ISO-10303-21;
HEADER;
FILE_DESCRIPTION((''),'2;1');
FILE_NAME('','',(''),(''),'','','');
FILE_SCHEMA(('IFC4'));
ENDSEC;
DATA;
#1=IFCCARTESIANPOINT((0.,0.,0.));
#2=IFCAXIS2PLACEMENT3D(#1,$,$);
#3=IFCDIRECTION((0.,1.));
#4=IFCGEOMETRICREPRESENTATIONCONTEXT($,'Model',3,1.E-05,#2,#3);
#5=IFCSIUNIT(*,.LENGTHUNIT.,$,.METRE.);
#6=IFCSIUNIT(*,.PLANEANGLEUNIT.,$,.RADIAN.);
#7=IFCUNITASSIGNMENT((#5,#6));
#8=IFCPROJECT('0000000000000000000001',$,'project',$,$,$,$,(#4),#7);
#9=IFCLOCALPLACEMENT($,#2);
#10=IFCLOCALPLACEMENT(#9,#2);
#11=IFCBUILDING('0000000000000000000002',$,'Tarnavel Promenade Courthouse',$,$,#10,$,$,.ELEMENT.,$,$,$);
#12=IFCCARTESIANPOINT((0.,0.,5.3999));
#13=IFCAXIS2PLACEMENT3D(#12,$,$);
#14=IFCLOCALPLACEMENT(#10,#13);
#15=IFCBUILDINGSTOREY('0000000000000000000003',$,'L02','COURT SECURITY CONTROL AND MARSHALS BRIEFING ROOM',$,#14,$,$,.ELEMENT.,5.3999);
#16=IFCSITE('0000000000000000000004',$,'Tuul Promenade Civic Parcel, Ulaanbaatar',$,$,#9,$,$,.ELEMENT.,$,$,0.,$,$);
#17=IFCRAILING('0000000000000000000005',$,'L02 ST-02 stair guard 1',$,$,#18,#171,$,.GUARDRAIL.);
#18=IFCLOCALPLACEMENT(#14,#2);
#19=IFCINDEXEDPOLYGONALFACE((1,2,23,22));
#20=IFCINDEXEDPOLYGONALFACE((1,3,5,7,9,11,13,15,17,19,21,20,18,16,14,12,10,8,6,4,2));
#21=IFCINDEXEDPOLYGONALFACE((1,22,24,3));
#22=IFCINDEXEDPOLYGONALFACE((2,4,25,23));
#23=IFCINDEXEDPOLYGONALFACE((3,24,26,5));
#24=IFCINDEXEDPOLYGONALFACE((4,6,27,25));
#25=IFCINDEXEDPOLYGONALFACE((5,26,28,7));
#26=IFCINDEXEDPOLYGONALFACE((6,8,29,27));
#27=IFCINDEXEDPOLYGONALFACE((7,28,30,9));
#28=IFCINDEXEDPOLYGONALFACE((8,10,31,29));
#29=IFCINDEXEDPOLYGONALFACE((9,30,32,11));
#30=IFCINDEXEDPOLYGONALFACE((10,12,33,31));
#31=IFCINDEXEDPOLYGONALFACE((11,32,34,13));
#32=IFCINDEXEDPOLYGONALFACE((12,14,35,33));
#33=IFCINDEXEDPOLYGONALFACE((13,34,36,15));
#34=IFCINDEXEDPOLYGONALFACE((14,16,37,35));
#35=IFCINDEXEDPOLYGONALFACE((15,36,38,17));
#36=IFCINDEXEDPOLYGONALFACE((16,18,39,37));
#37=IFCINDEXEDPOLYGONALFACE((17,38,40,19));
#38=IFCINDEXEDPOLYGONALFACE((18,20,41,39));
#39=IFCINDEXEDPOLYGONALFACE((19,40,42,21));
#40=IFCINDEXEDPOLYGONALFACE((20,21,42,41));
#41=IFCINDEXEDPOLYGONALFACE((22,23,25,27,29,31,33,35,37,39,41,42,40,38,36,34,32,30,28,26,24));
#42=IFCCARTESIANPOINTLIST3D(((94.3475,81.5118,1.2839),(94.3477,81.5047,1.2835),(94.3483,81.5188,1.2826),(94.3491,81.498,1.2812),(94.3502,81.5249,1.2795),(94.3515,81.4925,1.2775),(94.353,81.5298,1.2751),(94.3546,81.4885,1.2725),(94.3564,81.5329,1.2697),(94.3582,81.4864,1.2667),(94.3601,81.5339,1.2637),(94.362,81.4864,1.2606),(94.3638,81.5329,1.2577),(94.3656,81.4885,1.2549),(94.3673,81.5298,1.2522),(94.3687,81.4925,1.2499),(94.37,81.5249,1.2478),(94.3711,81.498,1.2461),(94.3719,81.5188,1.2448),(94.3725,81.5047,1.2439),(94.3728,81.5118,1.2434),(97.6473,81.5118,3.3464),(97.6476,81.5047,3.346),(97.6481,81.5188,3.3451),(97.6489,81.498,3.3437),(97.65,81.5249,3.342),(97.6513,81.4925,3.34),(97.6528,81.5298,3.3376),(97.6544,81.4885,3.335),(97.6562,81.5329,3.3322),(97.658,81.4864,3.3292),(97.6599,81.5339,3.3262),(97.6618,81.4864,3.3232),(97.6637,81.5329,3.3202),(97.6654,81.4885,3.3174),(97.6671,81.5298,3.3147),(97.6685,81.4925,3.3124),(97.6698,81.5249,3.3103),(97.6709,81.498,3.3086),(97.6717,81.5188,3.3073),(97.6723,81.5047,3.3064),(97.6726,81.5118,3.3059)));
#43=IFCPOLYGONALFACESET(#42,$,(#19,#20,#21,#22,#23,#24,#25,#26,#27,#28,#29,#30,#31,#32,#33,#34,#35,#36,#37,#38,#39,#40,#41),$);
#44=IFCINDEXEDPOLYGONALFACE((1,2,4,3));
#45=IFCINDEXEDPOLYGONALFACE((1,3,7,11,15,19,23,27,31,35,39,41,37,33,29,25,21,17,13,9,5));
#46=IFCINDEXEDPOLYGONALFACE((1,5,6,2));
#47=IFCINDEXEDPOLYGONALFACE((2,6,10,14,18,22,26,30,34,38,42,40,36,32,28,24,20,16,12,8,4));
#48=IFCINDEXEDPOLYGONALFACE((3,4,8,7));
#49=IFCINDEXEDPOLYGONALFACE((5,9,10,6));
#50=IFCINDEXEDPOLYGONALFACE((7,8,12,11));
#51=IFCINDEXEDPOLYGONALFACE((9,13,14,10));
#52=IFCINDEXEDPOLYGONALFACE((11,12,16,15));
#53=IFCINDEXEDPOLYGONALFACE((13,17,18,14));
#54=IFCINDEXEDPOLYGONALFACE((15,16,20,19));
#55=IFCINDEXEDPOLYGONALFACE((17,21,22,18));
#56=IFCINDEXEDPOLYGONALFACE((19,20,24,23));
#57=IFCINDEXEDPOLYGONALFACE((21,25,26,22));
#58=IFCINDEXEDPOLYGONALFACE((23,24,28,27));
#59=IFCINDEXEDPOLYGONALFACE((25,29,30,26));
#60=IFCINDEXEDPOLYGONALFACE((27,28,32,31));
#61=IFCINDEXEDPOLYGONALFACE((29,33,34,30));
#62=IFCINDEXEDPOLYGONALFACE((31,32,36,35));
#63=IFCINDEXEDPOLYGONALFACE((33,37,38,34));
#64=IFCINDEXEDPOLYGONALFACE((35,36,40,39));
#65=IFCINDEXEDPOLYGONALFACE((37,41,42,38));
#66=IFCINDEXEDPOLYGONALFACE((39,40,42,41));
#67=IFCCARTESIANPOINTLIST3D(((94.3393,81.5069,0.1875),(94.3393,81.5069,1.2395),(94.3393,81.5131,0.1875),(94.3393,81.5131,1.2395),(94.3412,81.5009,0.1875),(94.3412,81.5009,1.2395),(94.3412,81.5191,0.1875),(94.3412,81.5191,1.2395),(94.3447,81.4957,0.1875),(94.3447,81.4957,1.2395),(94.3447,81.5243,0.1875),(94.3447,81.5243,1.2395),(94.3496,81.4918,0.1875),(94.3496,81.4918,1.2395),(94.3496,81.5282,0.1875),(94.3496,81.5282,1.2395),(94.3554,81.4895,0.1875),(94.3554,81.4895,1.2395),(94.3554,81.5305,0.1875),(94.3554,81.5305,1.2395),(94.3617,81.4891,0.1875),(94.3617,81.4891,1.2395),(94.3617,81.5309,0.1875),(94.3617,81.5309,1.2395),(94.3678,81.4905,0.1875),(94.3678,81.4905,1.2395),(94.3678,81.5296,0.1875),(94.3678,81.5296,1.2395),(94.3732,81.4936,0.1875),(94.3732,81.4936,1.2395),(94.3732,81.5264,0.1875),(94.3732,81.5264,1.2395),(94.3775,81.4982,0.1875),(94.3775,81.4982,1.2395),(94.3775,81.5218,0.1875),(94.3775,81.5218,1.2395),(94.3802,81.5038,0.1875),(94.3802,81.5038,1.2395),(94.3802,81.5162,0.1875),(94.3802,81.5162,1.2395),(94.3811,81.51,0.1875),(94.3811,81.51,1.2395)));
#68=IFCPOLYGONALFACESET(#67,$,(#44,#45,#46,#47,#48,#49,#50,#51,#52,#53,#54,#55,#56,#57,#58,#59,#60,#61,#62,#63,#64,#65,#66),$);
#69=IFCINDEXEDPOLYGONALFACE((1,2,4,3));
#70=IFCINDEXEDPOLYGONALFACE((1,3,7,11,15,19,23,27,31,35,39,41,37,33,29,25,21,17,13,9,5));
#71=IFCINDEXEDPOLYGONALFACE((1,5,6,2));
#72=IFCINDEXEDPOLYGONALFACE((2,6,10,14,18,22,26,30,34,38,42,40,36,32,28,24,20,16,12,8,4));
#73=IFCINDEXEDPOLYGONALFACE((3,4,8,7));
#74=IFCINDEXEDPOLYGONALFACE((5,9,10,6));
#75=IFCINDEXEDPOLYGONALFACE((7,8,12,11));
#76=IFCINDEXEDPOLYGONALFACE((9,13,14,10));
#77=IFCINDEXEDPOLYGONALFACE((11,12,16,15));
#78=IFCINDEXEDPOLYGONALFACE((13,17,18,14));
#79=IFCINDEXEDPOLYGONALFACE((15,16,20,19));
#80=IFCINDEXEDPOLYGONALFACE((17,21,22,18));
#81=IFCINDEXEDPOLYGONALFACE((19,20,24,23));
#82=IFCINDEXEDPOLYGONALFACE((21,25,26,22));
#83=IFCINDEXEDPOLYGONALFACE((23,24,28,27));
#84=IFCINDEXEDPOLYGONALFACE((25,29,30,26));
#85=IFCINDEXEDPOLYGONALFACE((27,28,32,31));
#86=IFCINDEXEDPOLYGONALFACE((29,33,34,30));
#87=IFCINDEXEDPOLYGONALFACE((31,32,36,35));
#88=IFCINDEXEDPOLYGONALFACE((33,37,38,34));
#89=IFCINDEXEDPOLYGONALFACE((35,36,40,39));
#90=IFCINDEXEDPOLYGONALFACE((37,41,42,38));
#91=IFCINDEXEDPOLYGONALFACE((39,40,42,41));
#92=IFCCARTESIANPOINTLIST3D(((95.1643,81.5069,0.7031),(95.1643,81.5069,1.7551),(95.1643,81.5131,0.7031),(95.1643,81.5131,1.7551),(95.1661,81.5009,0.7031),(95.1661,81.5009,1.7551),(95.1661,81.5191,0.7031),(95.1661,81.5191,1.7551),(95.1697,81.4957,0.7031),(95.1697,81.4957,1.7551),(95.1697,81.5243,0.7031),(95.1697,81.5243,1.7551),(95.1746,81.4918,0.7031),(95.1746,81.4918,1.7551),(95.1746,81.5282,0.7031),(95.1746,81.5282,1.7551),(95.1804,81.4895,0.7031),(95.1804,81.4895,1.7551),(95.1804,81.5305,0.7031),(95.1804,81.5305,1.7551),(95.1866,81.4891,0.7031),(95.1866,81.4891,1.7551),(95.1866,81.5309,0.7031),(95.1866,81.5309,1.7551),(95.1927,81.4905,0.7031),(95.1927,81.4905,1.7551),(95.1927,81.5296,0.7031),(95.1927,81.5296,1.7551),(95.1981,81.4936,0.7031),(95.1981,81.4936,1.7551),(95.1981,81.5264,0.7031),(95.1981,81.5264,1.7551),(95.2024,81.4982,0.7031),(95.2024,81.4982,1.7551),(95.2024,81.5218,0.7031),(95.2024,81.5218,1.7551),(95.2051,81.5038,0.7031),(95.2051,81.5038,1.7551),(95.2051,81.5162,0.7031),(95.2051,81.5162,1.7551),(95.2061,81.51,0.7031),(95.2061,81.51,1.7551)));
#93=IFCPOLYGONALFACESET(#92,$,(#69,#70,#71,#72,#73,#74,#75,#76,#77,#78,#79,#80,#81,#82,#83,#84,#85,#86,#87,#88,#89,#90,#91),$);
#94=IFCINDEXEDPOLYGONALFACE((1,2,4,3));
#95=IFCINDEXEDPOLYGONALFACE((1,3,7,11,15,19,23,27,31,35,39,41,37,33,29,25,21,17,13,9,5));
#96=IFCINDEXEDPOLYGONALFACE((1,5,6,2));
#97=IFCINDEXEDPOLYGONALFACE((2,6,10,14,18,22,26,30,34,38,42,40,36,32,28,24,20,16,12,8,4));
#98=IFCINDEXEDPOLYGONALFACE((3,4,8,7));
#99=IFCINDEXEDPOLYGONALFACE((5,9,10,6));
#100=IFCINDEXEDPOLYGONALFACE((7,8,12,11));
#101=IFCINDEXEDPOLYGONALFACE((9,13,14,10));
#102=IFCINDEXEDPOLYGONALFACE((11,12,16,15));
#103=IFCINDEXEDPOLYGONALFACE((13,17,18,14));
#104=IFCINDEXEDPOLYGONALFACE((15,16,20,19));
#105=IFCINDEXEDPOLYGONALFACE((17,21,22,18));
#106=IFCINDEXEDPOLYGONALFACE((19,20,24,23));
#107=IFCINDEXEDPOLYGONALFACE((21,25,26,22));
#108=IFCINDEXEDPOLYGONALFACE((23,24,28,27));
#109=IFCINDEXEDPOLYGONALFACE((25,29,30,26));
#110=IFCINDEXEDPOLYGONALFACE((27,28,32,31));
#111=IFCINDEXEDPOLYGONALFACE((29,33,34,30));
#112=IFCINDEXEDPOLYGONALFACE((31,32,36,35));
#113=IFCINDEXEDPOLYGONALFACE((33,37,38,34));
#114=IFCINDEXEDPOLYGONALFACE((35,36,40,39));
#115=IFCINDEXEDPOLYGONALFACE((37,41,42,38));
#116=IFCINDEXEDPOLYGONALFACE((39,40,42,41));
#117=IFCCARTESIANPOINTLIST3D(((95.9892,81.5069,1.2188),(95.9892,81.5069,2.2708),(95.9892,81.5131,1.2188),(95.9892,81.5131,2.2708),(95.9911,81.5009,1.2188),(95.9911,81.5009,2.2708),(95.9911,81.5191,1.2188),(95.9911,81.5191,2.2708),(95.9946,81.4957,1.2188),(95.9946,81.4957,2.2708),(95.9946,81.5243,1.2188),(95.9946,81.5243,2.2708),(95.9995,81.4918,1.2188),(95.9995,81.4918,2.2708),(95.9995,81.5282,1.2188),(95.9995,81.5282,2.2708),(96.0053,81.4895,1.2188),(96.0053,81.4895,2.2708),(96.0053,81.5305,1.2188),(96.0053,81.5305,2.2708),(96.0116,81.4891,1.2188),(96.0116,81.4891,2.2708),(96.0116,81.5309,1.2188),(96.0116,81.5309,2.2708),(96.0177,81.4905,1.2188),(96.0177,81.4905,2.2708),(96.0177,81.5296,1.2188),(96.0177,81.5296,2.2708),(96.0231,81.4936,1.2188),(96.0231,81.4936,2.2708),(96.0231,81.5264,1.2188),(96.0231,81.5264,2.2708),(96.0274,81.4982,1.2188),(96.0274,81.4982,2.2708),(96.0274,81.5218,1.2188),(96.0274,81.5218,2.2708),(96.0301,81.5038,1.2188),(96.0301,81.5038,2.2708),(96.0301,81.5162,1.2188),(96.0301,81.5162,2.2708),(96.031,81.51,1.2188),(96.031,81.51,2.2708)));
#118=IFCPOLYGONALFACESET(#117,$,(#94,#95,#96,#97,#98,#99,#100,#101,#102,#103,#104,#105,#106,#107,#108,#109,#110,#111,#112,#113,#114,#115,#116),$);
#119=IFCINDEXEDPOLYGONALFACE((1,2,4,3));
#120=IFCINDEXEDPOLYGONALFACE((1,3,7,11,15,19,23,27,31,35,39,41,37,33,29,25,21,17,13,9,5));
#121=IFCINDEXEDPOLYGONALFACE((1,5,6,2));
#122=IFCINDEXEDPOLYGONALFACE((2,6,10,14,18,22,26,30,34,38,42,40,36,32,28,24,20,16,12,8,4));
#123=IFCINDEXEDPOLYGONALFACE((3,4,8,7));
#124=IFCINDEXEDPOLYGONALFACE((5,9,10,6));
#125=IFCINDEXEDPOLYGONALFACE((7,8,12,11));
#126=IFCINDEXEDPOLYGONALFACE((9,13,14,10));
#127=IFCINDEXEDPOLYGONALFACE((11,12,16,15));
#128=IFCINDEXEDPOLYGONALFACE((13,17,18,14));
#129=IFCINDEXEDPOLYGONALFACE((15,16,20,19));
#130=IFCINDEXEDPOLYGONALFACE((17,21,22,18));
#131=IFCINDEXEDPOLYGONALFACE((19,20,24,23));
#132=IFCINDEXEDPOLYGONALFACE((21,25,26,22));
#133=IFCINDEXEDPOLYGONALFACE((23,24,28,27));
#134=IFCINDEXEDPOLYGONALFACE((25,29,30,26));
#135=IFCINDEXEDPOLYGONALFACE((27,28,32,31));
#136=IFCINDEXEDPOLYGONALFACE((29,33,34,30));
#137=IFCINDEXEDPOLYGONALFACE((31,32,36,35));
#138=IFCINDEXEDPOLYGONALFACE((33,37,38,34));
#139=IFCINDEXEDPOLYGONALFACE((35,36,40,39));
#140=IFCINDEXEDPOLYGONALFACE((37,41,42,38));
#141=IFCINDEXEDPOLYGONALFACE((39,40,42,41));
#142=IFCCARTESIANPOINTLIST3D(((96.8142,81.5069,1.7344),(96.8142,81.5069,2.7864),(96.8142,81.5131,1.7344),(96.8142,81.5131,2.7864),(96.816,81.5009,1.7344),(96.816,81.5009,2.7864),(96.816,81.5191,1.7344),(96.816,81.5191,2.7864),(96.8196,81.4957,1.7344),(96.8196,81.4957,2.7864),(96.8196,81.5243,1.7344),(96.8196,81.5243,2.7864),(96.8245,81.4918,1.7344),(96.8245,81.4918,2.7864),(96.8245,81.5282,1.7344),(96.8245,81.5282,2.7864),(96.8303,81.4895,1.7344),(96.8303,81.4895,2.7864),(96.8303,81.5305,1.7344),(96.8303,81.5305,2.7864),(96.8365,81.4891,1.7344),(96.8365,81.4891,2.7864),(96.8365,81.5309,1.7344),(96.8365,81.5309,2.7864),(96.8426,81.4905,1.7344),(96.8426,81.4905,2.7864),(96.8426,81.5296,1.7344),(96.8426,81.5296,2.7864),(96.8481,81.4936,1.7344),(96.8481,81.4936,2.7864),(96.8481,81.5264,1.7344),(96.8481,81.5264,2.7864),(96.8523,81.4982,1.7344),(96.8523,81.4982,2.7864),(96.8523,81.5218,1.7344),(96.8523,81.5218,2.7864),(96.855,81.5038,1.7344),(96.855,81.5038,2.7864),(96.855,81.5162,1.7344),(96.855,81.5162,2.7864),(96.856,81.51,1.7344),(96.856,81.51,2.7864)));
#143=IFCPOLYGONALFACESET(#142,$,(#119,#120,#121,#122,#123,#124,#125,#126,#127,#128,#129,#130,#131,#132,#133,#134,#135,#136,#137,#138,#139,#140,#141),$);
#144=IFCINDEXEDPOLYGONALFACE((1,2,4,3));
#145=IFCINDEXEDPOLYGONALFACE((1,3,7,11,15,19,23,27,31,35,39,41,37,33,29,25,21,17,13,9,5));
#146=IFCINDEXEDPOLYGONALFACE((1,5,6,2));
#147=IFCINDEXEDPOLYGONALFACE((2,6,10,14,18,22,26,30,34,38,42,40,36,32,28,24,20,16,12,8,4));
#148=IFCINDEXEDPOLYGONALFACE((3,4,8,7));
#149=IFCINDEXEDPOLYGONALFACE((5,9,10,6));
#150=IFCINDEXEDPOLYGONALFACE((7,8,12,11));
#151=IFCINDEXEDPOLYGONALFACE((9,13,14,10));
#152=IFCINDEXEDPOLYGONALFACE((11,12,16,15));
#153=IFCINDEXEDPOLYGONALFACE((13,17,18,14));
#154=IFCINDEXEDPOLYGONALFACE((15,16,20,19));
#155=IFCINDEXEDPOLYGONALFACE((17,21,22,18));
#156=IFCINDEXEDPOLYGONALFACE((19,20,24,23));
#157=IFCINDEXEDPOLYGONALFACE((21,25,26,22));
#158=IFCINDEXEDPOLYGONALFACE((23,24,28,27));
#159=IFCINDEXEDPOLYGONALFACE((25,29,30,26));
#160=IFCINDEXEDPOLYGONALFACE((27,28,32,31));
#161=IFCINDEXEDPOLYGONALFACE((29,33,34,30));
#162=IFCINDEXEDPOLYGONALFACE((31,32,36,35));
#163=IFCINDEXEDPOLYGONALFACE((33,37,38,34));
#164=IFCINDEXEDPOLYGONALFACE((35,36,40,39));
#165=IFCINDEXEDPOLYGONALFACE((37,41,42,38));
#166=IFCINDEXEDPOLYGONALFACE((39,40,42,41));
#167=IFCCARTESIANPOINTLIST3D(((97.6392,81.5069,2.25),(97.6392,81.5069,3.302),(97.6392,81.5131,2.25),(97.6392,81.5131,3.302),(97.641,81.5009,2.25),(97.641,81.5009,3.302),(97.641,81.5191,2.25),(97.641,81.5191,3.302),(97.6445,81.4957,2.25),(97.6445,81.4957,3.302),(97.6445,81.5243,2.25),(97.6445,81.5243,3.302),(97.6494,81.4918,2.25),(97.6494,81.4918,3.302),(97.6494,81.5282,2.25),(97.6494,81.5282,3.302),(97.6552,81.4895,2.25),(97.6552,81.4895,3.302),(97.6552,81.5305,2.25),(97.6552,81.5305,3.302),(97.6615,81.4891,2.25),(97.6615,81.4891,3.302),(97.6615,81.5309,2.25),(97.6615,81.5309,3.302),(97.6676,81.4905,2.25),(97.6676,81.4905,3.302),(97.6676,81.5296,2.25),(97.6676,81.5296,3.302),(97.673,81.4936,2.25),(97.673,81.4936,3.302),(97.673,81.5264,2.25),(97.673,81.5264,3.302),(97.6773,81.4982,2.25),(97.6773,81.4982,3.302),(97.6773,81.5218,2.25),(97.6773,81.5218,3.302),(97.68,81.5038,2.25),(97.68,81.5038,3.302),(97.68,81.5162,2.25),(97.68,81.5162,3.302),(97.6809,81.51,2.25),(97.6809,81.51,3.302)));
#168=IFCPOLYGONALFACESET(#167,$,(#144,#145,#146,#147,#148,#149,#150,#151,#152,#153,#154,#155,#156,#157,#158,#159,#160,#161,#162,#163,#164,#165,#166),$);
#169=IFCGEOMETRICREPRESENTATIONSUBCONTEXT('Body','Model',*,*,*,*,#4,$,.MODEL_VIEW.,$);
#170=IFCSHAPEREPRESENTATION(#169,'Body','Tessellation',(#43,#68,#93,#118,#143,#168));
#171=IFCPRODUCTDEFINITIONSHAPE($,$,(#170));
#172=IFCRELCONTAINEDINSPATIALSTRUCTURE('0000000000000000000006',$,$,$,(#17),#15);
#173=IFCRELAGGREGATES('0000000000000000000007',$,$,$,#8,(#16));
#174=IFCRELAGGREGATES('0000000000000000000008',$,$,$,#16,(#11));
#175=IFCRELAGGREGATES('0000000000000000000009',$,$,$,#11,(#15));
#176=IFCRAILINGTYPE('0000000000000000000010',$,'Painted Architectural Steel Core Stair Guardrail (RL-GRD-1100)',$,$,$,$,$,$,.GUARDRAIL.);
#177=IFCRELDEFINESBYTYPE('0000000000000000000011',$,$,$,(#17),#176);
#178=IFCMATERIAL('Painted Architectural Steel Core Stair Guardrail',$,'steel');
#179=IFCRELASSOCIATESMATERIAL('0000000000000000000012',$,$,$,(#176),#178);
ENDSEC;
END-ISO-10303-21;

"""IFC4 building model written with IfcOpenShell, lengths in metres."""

from ifc_helpers import new_model, si_unit, direction, frame, origin, origin_2d, place, context, subcontext, project, spatial, circle, extrude, material, type_object, element, save


model = new_model("IFC4")

# Units and contexts
model_context = context("Model", 3, precision=1e-05, world=origin(), true_north=direction((0.0, 1.0)))
body_context = subcontext(model_context, "Body", "Model", "MODEL_VIEW")
ifc_project = project(units=[si_unit("LENGTHUNIT", "METRE"), si_unit("PLANEANGLEUNIT", "RADIAN")], contexts=[model_context])

# Site, building, storey
site_placement = place(None, origin())
site = spatial("IfcSite", under=ifc_project, at=site_placement, Name="Tuul Promenade Civic Parcel, Ulaanbaatar", CompositionType="ELEMENT", RefElevation=0.0)
building_placement = place(site_placement, origin())
building = spatial("IfcBuilding", under=site, at=building_placement, Name="Tarnavel Promenade Courthouse", CompositionType="ELEMENT")
storey_placement = place(building_placement, frame((0.0, 0.0, 5.3999)))
storey = spatial("IfcBuildingStorey", under=building, at=storey_placement, Name="L02", Description="COURT SECURITY CONTROL AND MARSHALS BRIEFING ROOM", CompositionType="ELEMENT", Elevation=5.3999)

# Railing
ifc_material_1 = material(Name="Painted Architectural Steel Core Stair Guardrail", Category="steel")
railing_type_1 = type_object("IfcRailingType", Name="Painted Architectural Steel Core Stair Guardrail (RL-GRD-1100)", PredefinedType="GUARDRAIL", material=ifc_material_1)
railing_1_placement = place(storey_placement, frame((94.3601, 81.51, 0.1875)))
element("IfcRailing", 1, at=railing_1_placement, inside=storey, type_object=railing_type_1, Name="L02 ST-02 stair guard 1", PredefinedType="GUARDRAIL", context=body_context, shape_type="SweptSolid", body=[
    extrude(circle(Radius=0.0239, at=origin_2d()), frame((0.0, 0.0, 1.0762), z_axis=(0.847984, 0.0, 0.530021), x_axis=(0.0, 1.0, 0.0)), (0.0, 0.0, 1.0), 3.8914),
    extrude(circle(Radius=0.021, at=origin_2d()), origin(), (0.0, 0.0, 1.0), 1.052),
    extrude(circle(Radius=0.021, at=origin_2d()), frame((0.825, 0.0, 0.5156)), (0.0, 0.0, 1.0), 1.052),
    extrude(circle(Radius=0.021, at=origin_2d()), frame((1.6499, 0.0, 1.0312)), (0.0, 0.0, 1.0), 1.052),
    extrude(circle(Radius=0.021, at=origin_2d()), frame((2.4749, 0.0, 1.5469)), (0.0, 0.0, 1.0), 1.052),
    extrude(circle(Radius=0.021, at=origin_2d()), frame((3.2998, 0.0, 2.0625)), (0.0, 0.0, 1.0), 1.052),
])

save(model, "model.ifc")
